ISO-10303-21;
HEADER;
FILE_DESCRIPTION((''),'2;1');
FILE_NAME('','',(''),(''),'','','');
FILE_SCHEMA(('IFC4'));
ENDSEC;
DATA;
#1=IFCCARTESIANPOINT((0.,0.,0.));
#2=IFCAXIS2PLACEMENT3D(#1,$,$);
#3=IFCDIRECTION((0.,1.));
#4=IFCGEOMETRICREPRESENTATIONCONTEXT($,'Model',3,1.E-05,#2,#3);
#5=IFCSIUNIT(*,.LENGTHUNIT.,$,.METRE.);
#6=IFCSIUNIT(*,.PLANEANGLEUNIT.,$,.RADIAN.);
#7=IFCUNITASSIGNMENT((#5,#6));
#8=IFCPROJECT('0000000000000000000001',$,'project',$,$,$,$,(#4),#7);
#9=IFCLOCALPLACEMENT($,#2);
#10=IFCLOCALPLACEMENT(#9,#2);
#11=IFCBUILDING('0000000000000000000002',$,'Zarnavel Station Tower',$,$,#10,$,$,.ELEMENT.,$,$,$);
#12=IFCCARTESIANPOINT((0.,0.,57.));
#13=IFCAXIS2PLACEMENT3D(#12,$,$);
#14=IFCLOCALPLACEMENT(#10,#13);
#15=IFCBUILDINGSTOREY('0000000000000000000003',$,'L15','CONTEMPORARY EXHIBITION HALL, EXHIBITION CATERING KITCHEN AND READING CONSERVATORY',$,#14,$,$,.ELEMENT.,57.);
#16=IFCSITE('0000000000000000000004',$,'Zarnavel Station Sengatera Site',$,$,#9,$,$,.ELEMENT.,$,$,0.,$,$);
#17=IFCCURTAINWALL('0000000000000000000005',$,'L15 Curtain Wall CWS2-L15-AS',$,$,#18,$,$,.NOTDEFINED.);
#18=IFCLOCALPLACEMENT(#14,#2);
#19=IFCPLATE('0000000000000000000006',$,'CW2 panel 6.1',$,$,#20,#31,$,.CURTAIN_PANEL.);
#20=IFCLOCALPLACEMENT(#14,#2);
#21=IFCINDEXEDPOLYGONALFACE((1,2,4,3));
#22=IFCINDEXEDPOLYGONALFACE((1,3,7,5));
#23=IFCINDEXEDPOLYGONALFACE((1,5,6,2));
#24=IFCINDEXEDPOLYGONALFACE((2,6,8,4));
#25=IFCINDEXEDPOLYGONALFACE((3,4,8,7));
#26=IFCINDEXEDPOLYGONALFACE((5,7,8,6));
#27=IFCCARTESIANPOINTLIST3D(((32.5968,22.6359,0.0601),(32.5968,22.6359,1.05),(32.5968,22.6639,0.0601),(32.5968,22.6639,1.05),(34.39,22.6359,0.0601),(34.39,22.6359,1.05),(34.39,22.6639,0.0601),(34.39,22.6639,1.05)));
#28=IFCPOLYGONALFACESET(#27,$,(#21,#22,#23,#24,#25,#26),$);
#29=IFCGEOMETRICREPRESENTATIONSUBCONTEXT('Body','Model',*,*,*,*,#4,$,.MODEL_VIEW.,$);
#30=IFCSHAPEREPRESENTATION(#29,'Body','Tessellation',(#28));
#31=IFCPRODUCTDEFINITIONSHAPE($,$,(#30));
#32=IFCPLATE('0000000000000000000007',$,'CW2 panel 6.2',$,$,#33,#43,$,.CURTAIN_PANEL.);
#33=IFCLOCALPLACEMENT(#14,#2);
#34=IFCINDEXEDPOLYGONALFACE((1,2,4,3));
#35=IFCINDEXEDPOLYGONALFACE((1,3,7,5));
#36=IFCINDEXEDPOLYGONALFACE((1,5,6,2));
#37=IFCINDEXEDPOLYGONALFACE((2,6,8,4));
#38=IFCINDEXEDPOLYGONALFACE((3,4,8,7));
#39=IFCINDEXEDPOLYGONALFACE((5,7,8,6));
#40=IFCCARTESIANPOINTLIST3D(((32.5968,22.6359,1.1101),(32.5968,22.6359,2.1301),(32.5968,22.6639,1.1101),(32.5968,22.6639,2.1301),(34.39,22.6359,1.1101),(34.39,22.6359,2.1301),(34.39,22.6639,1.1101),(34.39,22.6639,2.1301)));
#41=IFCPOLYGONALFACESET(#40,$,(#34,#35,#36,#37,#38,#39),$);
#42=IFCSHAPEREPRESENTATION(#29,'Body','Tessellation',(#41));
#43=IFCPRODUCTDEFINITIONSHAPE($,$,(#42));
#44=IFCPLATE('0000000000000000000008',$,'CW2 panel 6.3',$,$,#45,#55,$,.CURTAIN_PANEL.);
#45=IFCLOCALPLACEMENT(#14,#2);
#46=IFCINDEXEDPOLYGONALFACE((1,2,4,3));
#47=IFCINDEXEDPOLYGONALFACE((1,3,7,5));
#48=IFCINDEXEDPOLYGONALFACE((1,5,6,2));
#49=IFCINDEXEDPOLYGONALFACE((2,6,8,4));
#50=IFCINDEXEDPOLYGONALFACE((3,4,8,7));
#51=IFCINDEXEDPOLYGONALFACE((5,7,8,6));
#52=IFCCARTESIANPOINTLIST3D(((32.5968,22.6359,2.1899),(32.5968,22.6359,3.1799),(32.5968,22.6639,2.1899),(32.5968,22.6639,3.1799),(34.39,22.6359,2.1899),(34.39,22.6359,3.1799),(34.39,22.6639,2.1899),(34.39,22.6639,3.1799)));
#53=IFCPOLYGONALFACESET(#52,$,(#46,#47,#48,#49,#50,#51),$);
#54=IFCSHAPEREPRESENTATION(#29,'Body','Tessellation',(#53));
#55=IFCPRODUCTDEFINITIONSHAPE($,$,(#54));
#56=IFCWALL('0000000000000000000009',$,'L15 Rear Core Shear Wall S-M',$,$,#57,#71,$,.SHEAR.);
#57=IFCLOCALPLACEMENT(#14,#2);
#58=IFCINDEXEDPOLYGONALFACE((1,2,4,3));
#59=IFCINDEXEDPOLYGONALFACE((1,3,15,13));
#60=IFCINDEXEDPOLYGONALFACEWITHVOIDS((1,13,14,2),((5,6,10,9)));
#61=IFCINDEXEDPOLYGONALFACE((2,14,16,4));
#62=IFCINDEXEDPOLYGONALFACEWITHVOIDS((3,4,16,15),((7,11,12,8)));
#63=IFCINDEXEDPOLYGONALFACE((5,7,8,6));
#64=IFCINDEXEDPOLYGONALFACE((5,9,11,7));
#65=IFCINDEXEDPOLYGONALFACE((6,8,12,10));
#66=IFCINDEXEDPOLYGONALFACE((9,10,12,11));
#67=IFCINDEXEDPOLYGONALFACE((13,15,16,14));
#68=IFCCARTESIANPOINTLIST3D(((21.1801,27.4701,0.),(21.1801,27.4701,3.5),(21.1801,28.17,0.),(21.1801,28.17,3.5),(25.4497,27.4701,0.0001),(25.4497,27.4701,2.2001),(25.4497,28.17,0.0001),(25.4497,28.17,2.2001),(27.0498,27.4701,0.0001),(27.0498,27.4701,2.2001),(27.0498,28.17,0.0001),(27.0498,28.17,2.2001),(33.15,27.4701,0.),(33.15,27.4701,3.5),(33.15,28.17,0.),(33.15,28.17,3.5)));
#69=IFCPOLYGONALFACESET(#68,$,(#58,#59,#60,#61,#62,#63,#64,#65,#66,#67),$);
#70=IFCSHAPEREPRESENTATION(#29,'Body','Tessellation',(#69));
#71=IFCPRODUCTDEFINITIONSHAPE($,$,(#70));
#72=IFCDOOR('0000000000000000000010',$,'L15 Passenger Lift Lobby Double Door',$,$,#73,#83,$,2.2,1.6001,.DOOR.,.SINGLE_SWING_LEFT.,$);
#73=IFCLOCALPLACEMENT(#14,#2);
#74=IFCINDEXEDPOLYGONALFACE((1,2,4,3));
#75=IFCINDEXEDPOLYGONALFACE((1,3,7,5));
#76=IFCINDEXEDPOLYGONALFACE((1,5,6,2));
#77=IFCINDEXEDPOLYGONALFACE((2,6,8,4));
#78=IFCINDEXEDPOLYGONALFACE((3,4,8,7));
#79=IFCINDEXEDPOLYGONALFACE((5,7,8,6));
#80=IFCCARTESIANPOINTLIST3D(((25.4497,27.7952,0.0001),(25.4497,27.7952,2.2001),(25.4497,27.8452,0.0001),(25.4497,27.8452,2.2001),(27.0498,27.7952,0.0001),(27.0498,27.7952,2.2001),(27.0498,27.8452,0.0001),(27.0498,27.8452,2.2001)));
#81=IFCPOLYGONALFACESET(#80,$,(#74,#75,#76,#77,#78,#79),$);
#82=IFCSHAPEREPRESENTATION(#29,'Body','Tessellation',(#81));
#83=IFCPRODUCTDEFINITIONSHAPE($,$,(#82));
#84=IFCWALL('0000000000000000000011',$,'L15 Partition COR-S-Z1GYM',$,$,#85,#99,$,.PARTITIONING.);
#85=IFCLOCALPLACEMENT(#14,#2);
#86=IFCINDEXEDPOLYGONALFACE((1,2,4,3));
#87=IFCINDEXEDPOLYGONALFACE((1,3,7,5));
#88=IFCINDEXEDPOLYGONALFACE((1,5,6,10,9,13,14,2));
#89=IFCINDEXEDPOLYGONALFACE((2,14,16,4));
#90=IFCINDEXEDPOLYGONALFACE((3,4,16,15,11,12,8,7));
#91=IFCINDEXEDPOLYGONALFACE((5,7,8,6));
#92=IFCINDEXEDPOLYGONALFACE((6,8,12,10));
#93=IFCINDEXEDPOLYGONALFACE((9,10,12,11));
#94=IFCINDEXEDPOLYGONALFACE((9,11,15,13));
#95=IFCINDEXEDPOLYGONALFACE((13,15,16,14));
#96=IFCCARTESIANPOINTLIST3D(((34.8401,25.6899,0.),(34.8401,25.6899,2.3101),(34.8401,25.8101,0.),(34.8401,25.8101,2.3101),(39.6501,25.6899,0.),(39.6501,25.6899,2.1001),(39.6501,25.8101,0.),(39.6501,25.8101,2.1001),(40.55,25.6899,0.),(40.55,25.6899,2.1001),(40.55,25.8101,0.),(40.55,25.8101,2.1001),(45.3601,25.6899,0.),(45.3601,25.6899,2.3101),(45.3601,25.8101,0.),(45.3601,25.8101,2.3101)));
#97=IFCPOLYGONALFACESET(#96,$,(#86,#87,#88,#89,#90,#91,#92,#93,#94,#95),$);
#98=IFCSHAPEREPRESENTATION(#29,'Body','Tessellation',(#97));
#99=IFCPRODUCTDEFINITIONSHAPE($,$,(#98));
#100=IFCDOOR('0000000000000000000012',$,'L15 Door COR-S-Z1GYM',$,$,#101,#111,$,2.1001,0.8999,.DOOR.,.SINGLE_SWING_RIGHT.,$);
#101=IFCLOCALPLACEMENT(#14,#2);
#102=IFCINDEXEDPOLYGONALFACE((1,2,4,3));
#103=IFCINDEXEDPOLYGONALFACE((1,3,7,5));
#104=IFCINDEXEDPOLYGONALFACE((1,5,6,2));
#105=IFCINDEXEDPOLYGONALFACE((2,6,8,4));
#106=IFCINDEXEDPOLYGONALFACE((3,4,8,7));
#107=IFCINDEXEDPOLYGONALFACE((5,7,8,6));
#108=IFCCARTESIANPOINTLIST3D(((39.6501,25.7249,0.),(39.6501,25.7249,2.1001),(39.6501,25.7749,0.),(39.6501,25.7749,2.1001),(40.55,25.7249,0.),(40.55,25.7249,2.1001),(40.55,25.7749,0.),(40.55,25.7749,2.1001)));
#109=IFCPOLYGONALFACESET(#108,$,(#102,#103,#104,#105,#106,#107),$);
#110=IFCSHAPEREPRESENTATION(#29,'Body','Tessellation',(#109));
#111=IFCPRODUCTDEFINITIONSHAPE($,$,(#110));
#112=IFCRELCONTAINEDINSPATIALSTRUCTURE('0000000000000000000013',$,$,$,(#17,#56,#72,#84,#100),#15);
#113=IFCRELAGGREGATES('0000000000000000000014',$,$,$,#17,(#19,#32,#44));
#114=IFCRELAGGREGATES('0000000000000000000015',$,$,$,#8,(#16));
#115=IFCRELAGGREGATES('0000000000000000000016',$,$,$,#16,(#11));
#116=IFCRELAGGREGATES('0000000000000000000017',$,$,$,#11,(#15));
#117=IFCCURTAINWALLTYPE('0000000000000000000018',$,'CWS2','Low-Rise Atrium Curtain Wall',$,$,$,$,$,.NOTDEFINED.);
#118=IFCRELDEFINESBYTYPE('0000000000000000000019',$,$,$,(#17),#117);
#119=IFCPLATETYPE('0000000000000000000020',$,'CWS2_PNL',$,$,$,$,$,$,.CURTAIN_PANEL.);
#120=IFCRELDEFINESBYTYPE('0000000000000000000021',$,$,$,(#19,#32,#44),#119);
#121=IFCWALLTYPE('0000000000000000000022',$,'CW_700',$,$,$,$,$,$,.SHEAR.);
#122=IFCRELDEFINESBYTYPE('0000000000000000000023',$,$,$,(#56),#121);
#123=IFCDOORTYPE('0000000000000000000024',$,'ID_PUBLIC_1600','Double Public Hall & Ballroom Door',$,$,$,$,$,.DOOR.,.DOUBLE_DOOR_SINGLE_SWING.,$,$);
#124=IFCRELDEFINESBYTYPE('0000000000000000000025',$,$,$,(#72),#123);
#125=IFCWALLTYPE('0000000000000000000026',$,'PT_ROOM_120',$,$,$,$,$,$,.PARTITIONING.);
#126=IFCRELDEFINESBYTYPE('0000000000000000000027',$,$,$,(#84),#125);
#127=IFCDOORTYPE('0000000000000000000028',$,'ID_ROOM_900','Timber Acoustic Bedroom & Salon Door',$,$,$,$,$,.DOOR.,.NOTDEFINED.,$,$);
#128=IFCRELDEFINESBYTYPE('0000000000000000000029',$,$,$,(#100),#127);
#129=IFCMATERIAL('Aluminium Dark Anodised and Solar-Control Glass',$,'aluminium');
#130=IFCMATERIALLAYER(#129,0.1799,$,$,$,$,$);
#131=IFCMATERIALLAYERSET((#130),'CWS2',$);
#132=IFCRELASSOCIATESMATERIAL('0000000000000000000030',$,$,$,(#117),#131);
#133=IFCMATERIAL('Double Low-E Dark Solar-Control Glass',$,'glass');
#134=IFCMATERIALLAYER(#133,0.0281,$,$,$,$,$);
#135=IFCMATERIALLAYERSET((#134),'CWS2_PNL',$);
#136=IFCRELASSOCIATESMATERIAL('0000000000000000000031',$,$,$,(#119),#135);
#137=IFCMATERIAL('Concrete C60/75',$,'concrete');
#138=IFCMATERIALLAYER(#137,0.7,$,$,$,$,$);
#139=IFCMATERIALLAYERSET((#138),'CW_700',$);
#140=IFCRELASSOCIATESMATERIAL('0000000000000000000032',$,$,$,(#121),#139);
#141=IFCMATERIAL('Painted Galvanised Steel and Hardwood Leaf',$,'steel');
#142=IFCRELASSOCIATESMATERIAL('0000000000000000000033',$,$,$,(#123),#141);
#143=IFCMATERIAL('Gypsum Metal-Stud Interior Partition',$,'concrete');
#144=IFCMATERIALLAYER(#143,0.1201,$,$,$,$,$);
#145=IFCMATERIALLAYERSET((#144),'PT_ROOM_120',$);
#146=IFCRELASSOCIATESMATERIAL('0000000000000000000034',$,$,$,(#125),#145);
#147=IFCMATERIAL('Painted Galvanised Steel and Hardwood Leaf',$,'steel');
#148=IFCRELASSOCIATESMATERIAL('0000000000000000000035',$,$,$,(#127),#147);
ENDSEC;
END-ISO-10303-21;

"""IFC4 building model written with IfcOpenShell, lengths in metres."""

from ifc_helpers import new_model, si_unit, direction, frame, frame_2d, origin, origin_2d, place, context, subcontext, project, spatial, rectangle, extrude, material, layer, layer_set, type_object, element, fill, aggregate, save


model = new_model("IFC4")

# Units and contexts
model_context = context("Model", 3, precision=1e-05, world=origin(), true_north=direction((0.0, 1.0)))
body_context = subcontext(model_context, "Body", "Model", "MODEL_VIEW")
ifc_project = project(units=[si_unit("LENGTHUNIT", "METRE"), si_unit("PLANEANGLEUNIT", "RADIAN")], contexts=[model_context])

# Site, building, storey
site_placement = place(None, origin())
site = spatial("IfcSite", under=ifc_project, at=site_placement, Name="Zarnavel Station Sengatera Site", CompositionType="ELEMENT", RefElevation=0.0)
building_placement = place(site_placement, origin())
building = spatial("IfcBuilding", under=site, at=building_placement, Name="Zarnavel Station Tower", CompositionType="ELEMENT")
storey_placement = place(building_placement, frame((0.0, 0.0, 57.0)))
storey = spatial("IfcBuildingStorey", under=building, at=storey_placement, Name="L15", Description="CONTEMPORARY EXHIBITION HALL, EXHIBITION CATERING KITCHEN AND READING CONSERVATORY", CompositionType="ELEMENT", Elevation=57.0)

# Curtain wall
ifc_material_1 = material(Name="Aluminium Dark Anodised and Solar-Control Glass", Category="aluminium")
ifc_layer_1 = layer(ifc_material_1, 0.1799)
ifc_layer_set_1 = layer_set([ifc_layer_1], Name="CWS2")
curtain_wall_type = type_object("IfcCurtainWallType", Name="CWS2", Description="Low-Rise Atrium Curtain Wall", PredefinedType="NOTDEFINED", material=ifc_layer_set_1)
curtain_wall_placement = place(storey_placement, origin())
curtain_wall = element("IfcCurtainWall", 1, at=curtain_wall_placement, inside=storey, type_object=curtain_wall_type, Name="L15 Curtain Wall CWS2-L15-AS", PredefinedType="NOTDEFINED")

# Plates
ifc_material_2 = material(Name="Double Low-E Dark Solar-Control Glass", Category="glass")
ifc_layer_2 = layer(ifc_material_2, 0.0281)
ifc_layer_set_2 = layer_set([ifc_layer_2], Name="CWS2_PNL")
plate_type = type_object("IfcPlateType", Name="CWS2_PNL", PredefinedType="CURTAIN_PANEL", material=ifc_layer_set_2)
plate_1_placement = place(storey_placement, frame((33.4934, 22.6499, 0.0601), z_axis=(0.0, 0.0, 1.0), x_axis=(1.0, 0.0, 0.0)))
plate_1 = element("IfcPlate", 2, at=plate_1_placement, type_object=plate_type, Name="CW2 panel 6.1", PredefinedType="CURTAIN_PANEL", context=body_context, shape_type="SweptSolid", body=[
    extrude(rectangle(XDim=1.7932, YDim=0.0281, at=origin_2d()), origin(), (0.0, 0.0, 1.0), 0.99),
])
plate_2_placement = place(storey_placement, frame((33.4934, 22.6499, 1.1101), z_axis=(0.0, 0.0, 1.0), x_axis=(1.0, 0.0, 0.0)))
plate_2 = element("IfcPlate", 3, at=plate_2_placement, type_object=plate_type, Name="CW2 panel 6.2", PredefinedType="CURTAIN_PANEL", context=body_context, shape_type="SweptSolid", body=[
    extrude(rectangle(XDim=1.7932, YDim=0.0281, at=origin_2d()), origin(), (0.0, 0.0, 1.0), 1.02),
])
plate_3_placement = place(storey_placement, frame((33.4934, 22.6499, 2.1899), z_axis=(0.0, 0.0, 1.0), x_axis=(1.0, 0.0, 0.0)))
plate_3 = element("IfcPlate", 4, at=plate_3_placement, type_object=plate_type, Name="CW2 panel 6.3", PredefinedType="CURTAIN_PANEL", context=body_context, shape_type="SweptSolid", body=[
    extrude(rectangle(XDim=1.7932, YDim=0.0281, at=origin_2d()), origin(), (0.0, 0.0, 1.0), 0.99),
])
aggregate(curtain_wall, [plate_1, plate_2, plate_3])

# Walls, openings, doors
ifc_material_3 = material(Name="Concrete C60/75", Category="concrete")
ifc_layer_3 = layer(ifc_material_3, 0.7)
ifc_layer_set_3 = layer_set([ifc_layer_3], Name="CW_700")
wall_type_1 = type_object("IfcWallType", Name="CW_700", PredefinedType="SHEAR", material=ifc_layer_set_3)
wall_1_placement = place(storey_placement, frame((33.1499, 27.8201, 0.0), z_axis=(0.0, 0.0, 1.0), x_axis=(-1.0, 0.0, 0.0)))
wall_1 = element("IfcWall", 5, at=wall_1_placement, inside=storey, type_object=wall_type_1, Name="L15 Rear Core Shear Wall S-M", PredefinedType="SHEAR", context=body_context, shape_type="SweptSolid", body=[
    extrude(rectangle(XDim=11.97, YDim=0.7, at=frame_2d((5.9849, 0.0))), origin(), (0.0, 0.0, 1.0), 3.5),
])
opening_1_placement = place(wall_1_placement, frame((6.1001, 0.0, 0.0)))
opening_1 = element("IfcOpeningElement", 6, at=opening_1_placement, cuts=wall_1, PredefinedType="OPENING", context=body_context, shape_type="SweptSolid", body=[
    extrude(rectangle(XDim=1.6001, YDim=2.2, at=frame_2d((0.8, 1.1001))), frame((0.0, 0.3599, 0.0), z_axis=(0.0, -1.0, 0.0), x_axis=(1.0, 0.0, 0.0)), (0.0, 0.0, 1.0), 0.72),
])
ifc_material_4 = material(Name="Painted Galvanised Steel and Hardwood Leaf", Category="steel")
door_type_1 = type_object("IfcDoorType", Name="ID_PUBLIC_1600", Description="Double Public Hall & Ballroom Door", OperationType="DOUBLE_DOOR_SINGLE_SWING", PredefinedType="DOOR", material=ifc_material_4)
door_1_placement = place(opening_1_placement, origin())
door_1 = element("IfcDoor", 7, at=door_1_placement, inside=storey, type_object=door_type_1, Name="L15 Passenger Lift Lobby Double Door", OperationType="SINGLE_SWING_LEFT", OverallHeight=2.2, OverallWidth=1.6001, PredefinedType="DOOR", context=body_context, shape_type="SweptSolid", body=[
    extrude(rectangle(XDim=1.6001, YDim=2.2, at=frame_2d((0.8, 1.1001))), frame((0.0, 0.0249, 0.0), z_axis=(0.0, -1.0, 0.0), x_axis=(1.0, 0.0, 0.0)), (0.0, 0.0, 1.0), 0.05),
])
fill(opening_1, door_1)
ifc_material_5 = material(Name="Gypsum Metal-Stud Interior Partition", Category="concrete")
ifc_layer_4 = layer(ifc_material_5, 0.1201)
ifc_layer_set_4 = layer_set([ifc_layer_4], Name="PT_ROOM_120")
wall_type_2 = type_object("IfcWallType", Name="PT_ROOM_120", PredefinedType="PARTITIONING", material=ifc_layer_set_4)
wall_2_placement = place(storey_placement, frame((34.8401, 25.75, 0.0), z_axis=(0.0, 0.0, 1.0), x_axis=(1.0, 0.0, 0.0)))
wall_2 = element("IfcWall", 8, at=wall_2_placement, inside=storey, type_object=wall_type_2, Name="L15 Partition COR-S-Z1GYM", PredefinedType="PARTITIONING", context=body_context, shape_type="SweptSolid", body=[
    extrude(rectangle(XDim=10.52, YDim=0.1201, at=frame_2d((5.26, 0.0))), origin(), (0.0, 0.0, 1.0), 2.3101),
])
opening_2_placement = place(wall_2_placement, frame((4.8101, 0.0, 0.0)))
opening_2 = element("IfcOpeningElement", 9, at=opening_2_placement, cuts=wall_2, PredefinedType="OPENING", context=body_context, shape_type="SweptSolid", body=[
    extrude(rectangle(XDim=0.8999, YDim=2.1001, at=frame_2d((0.45, 1.05))), frame((0.0, 0.0701, 0.0), z_axis=(0.0, -1.0, 0.0), x_axis=(1.0, 0.0, 0.0)), (0.0, 0.0, 1.0), 0.1401),
])
ifc_material_6 = material(Name="Painted Galvanised Steel and Hardwood Leaf", Category="steel")
door_type_2 = type_object("IfcDoorType", Name="ID_ROOM_900", Description="Timber Acoustic Bedroom & Salon Door", OperationType="NOTDEFINED", PredefinedType="DOOR", material=ifc_material_6)
door_2_placement = place(opening_2_placement, origin())
door_2 = element("IfcDoor", 10, at=door_2_placement, inside=storey, type_object=door_type_2, Name="L15 Door COR-S-Z1GYM", OperationType="SINGLE_SWING_RIGHT", OverallHeight=2.1001, OverallWidth=0.8999, PredefinedType="DOOR", context=body_context, shape_type="SweptSolid", body=[
    extrude(rectangle(XDim=0.8999, YDim=2.1001, at=frame_2d((0.45, 1.05))), frame((0.0, 0.0249, 0.0), z_axis=(0.0, -1.0, 0.0), x_axis=(1.0, 0.0, 0.0)), (0.0, 0.0, 1.0), 0.05),
])
fill(opening_2, door_2)

save(model, "model.ifc")
